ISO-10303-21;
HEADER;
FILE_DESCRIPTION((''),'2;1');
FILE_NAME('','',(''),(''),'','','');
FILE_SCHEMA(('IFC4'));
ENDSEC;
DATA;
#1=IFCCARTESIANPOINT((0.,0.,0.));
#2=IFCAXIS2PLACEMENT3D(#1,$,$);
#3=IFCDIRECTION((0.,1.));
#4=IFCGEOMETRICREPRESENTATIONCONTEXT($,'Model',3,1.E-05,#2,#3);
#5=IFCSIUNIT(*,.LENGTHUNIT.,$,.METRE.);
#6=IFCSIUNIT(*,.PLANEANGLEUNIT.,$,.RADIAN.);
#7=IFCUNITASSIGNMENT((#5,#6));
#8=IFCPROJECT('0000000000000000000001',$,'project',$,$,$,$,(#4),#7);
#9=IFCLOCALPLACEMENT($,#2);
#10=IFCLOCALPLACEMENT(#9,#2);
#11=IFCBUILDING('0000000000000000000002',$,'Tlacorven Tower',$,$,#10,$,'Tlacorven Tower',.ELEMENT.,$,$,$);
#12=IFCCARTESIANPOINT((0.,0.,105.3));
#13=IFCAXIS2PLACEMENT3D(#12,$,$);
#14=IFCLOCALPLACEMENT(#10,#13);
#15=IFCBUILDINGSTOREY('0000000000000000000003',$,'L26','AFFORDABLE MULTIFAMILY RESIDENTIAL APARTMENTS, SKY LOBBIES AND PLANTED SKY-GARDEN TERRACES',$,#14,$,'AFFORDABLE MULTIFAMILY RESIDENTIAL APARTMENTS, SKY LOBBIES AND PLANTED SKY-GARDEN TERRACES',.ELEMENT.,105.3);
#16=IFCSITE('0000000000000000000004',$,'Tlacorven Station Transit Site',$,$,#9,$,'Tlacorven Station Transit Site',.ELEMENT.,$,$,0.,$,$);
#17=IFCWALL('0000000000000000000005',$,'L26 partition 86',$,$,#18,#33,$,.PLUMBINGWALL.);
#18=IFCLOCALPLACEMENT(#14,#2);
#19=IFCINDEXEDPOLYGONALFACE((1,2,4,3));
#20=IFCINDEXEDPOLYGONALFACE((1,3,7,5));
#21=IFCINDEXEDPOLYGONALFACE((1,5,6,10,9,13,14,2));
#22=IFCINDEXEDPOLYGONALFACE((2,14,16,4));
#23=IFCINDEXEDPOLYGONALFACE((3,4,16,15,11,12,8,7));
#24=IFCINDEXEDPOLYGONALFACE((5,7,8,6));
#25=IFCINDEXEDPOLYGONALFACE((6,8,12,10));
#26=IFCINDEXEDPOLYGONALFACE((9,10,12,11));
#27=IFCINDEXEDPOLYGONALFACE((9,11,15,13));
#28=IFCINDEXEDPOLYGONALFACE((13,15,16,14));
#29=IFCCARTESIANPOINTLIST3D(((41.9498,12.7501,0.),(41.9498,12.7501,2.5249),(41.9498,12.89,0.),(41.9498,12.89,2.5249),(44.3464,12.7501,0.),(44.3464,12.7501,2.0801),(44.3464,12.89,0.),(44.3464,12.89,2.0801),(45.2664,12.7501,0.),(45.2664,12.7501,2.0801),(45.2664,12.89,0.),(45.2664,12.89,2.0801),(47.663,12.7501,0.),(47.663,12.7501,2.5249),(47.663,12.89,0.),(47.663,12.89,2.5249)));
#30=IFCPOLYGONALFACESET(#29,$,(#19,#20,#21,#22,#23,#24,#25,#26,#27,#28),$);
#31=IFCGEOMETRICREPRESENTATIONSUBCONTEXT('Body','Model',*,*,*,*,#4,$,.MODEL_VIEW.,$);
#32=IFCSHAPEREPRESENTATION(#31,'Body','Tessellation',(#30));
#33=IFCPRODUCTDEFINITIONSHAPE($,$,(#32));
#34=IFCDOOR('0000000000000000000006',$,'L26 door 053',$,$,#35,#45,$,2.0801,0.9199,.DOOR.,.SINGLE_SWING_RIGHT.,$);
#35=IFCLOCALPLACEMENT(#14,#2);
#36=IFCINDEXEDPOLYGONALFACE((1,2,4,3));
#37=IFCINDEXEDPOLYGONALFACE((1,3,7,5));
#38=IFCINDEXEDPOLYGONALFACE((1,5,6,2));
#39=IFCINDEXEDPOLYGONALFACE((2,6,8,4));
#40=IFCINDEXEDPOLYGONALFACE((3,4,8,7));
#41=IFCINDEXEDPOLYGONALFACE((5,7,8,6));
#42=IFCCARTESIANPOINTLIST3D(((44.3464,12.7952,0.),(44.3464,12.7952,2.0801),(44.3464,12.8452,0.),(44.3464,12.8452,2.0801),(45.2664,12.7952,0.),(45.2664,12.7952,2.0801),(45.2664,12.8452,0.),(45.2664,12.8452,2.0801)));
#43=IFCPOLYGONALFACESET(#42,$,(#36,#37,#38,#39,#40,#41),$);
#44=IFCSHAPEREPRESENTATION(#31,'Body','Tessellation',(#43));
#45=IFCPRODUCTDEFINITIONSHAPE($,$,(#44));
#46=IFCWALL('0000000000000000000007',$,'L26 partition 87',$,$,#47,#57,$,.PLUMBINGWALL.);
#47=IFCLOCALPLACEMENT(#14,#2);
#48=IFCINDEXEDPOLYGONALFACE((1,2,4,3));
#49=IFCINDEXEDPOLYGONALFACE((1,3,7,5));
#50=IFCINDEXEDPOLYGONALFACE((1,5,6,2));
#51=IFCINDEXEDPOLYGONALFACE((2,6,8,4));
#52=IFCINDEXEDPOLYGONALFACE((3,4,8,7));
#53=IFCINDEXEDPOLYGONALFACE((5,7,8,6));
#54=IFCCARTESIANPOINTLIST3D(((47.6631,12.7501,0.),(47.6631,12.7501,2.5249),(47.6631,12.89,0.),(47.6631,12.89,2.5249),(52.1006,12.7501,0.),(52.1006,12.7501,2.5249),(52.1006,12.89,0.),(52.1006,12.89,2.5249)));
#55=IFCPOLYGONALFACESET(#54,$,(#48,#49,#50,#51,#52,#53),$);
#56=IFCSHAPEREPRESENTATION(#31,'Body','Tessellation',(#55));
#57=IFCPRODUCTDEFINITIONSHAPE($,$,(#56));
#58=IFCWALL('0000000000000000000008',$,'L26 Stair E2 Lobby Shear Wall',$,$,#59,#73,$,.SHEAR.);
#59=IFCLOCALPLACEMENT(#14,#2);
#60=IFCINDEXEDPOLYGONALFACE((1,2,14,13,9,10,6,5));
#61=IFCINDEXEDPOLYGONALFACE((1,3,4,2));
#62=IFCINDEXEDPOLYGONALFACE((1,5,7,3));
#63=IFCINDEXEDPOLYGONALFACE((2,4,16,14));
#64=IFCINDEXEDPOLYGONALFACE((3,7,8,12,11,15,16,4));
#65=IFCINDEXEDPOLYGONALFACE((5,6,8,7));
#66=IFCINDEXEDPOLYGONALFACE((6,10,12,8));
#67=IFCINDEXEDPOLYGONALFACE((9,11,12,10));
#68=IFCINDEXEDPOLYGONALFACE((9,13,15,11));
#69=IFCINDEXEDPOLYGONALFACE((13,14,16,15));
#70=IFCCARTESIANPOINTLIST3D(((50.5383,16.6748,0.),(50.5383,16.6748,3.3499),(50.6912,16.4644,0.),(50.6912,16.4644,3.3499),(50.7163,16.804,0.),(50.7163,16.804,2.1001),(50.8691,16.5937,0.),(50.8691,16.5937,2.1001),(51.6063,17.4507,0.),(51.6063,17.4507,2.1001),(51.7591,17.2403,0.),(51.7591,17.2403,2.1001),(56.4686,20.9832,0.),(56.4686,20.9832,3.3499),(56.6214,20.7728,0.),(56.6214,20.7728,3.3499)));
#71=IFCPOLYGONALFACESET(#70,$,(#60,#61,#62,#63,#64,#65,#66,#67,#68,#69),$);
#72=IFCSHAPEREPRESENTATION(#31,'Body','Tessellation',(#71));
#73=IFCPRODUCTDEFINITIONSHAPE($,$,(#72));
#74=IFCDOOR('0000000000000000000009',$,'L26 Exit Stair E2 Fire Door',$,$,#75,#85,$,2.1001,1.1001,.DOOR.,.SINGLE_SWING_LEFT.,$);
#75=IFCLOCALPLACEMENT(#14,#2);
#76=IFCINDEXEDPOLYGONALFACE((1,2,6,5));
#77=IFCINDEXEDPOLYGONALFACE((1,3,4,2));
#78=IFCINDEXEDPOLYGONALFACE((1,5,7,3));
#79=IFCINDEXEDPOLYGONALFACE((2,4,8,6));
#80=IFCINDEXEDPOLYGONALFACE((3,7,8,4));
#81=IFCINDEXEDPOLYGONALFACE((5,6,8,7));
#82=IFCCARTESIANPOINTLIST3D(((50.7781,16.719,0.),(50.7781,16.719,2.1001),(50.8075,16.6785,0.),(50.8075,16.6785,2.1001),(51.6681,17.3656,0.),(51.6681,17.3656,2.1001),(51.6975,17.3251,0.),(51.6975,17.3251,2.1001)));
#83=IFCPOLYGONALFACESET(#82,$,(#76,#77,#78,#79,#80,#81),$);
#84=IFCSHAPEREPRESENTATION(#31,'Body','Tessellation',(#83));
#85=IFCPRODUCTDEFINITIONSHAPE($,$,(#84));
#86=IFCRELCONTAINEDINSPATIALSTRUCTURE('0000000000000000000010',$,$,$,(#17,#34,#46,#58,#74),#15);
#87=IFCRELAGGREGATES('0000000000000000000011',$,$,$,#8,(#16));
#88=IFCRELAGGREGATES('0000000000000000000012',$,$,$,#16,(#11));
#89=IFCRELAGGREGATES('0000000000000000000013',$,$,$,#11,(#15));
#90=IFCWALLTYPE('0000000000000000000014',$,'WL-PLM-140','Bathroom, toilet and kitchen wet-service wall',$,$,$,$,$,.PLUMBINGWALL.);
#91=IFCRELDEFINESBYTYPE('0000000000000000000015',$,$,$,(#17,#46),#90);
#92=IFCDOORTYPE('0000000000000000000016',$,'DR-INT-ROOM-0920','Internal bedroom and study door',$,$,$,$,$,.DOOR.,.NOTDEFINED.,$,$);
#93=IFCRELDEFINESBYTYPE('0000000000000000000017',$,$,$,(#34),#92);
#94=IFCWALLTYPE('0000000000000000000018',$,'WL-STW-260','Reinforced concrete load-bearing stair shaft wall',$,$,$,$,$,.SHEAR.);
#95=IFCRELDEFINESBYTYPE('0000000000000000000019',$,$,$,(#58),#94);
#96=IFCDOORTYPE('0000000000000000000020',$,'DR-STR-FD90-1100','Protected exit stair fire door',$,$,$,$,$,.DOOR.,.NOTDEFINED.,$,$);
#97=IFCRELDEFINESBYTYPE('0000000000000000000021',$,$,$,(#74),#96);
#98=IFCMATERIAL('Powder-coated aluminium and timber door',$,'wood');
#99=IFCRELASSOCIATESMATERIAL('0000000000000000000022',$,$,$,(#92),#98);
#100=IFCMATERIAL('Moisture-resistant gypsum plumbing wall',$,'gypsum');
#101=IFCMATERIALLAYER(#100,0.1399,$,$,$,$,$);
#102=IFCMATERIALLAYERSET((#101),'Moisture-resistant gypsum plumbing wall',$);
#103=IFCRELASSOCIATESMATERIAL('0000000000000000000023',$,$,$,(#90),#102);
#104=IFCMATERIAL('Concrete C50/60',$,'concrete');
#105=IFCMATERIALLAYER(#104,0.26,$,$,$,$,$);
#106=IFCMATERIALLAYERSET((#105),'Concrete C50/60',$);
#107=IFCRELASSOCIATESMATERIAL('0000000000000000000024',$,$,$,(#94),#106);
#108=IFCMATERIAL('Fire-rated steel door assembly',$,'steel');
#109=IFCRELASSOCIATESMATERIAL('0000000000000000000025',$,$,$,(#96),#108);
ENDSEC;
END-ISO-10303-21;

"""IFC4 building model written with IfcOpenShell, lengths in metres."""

from ifc_helpers import new_model, si_unit, direction, frame, frame_2d, origin, place, context, subcontext, project, spatial, rectangle, extrude, source, transform, mapped, material, layer, layer_set, type_object, element, fill, save


model = new_model("IFC4")

# Units and contexts
model_context = context("Model", 3, precision=1e-05, world=origin(), true_north=direction((0.0, 1.0)))
body_context = subcontext(model_context, "Body", "Model", "MODEL_VIEW")
ifc_project = project(units=[si_unit("LENGTHUNIT", "METRE"), si_unit("PLANEANGLEUNIT", "RADIAN")], contexts=[model_context])

# Site, building, storey
site_placement = place(None, origin())
site = spatial("IfcSite", under=ifc_project, at=site_placement, Name="Tlacorven Station Transit Site", LongName="Tlacorven Station Transit Site", CompositionType="ELEMENT", RefElevation=0.0)
building_placement = place(site_placement, origin())
building = spatial("IfcBuilding", under=site, at=building_placement, Name="Tlacorven Tower", LongName="Tlacorven Tower", CompositionType="ELEMENT")
storey_placement = place(building_placement, frame((0.0, 0.0, 105.3)))
storey = spatial("IfcBuildingStorey", under=building, at=storey_placement, Name="L26", Description="AFFORDABLE MULTIFAMILY RESIDENTIAL APARTMENTS, SKY LOBBIES AND PLANTED SKY-GARDEN TERRACES", LongName="AFFORDABLE MULTIFAMILY RESIDENTIAL APARTMENTS, SKY LOBBIES AND PLANTED SKY-GARDEN TERRACES", CompositionType="ELEMENT", Elevation=105.3)

# Shared definitions
ifc_material_1 = material(Name="Fire-rated steel door assembly", Category="steel")
ifc_material_2 = material(Name="Powder-coated aluminium and timber door", Category="wood")
door_type_1 = type_object("IfcDoorType", Name="DR-INT-ROOM-0920", Description="Internal bedroom and study door", OperationType="NOTDEFINED", PredefinedType="DOOR", material=ifc_material_2)
shared_shape_1 = source(origin(), body_context, "Body", "SweptSolid", [
    extrude(rectangle(XDim=0.9199, YDim=2.0801, at=frame_2d((0.46, 1.04))), frame((0.0, 0.0249, 0.0), z_axis=(0.0, -1.0, 0.0), x_axis=(1.0, 0.0, 0.0)), (0.0, 0.0, 1.0), 0.05),
])

# Shared definitions
ifc_material_3 = material(Name="Moisture-resistant gypsum plumbing wall", Category="gypsum")
ifc_layer_1 = layer(ifc_material_3, 0.1399)
ifc_layer_set_1 = layer_set([ifc_layer_1], Name="Moisture-resistant gypsum plumbing wall")
wall_type_1 = type_object("IfcWallType", Name="WL-PLM-140", Description="Bathroom, toilet and kitchen wet-service wall", PredefinedType="PLUMBINGWALL", material=ifc_layer_set_1)

# Wall, opening, door
wall_1_placement = place(storey_placement, frame((41.95, 12.8201, 0.0), z_axis=(0.0, 0.0, 1.0), x_axis=(1.0, 0.0, 0.0)))
wall_1 = element("IfcWall", 1, at=wall_1_placement, inside=storey, type_object=wall_type_1, Name="L26 partition 86", PredefinedType="PLUMBINGWALL", context=body_context, shape_type="SweptSolid", body=[
    extrude(rectangle(XDim=5.7131, YDim=0.1399, at=frame_2d((2.8564, 0.0))), origin(), (0.0, 0.0, 1.0), 2.5249),
])
opening_1_placement = place(wall_1_placement, frame((2.3965, 0.0, 0.0)))
opening_1 = element("IfcOpeningElement", 2, at=opening_1_placement, cuts=wall_1, PredefinedType="OPENING", context=body_context, shape_type="SweptSolid", body=[
    extrude(rectangle(XDim=0.9199, YDim=2.0801, at=frame_2d((0.46, 1.04))), frame((0.0, 0.0801, 0.0), z_axis=(0.0, -1.0, 0.0), x_axis=(1.0, 0.0, 0.0)), (0.0, 0.0, 1.0), 0.1599),
])
door_1_placement = place(opening_1_placement, frame((0.9199, 0.0, 0.0), z_axis=(0.0, 0.0, 1.0), x_axis=(-1.0, 0.0, 0.0)))
door_1 = element("IfcDoor", 3, at=door_1_placement, inside=storey, type_object=door_type_1, Name="L26 door 053", OperationType="SINGLE_SWING_RIGHT", OverallHeight=2.0801, OverallWidth=0.9199, PredefinedType="DOOR", context=body_context, shape_type="MappedRepresentation", body=[
    mapped(shared_shape_1, transform((0.0, 0.0, 0.0), scale=1.0)),
])
fill(opening_1, door_1)

# Wall
wall_2_placement = place(storey_placement, frame((47.6631, 12.8201, 0.0), z_axis=(0.0, 0.0, 1.0), x_axis=(1.0, 0.0, 0.0)))
element("IfcWall", 4, at=wall_2_placement, inside=storey, type_object=wall_type_1, Name="L26 partition 87", PredefinedType="PLUMBINGWALL", context=body_context, shape_type="SweptSolid", body=[
    extrude(rectangle(XDim=4.4375, YDim=0.1399, at=frame_2d((2.2188, 0.0))), origin(), (0.0, 0.0, 1.0), 2.5249),
])

# Wall, opening, door
ifc_material_4 = material(Name="Concrete C50/60", Category="concrete")
ifc_layer_2 = layer(ifc_material_4, 0.26)
ifc_layer_set_2 = layer_set([ifc_layer_2], Name="Concrete C50/60")
wall_type_2 = type_object("IfcWallType", Name="WL-STW-260", Description="Reinforced concrete load-bearing stair shaft wall", PredefinedType="SHEAR", material=ifc_layer_set_2)
wall_3_placement = place(storey_placement, frame((50.6147, 16.5696, 0.0), z_axis=(0.0, 0.0, 1.0), x_axis=(0.809028, 0.58777, 0.0)))
wall_3 = element("IfcWall", 5, at=wall_3_placement, inside=storey, type_object=wall_type_2, Name="L26 Stair E2 Lobby Shear Wall", PredefinedType="SHEAR", context=body_context, shape_type="SweptSolid", body=[
    extrude(rectangle(XDim=7.3301, YDim=0.26, at=frame_2d((3.665, 0.0))), origin(), (0.0, 0.0, 1.0), 3.3499),
])
opening_2_placement = place(wall_3_placement, frame((0.22, 0.0, 0.0)))
opening_2 = element("IfcOpeningElement", 6, at=opening_2_placement, cuts=wall_3, PredefinedType="OPENING", context=body_context, shape_type="SweptSolid", body=[
    extrude(rectangle(XDim=1.1001, YDim=2.1001, at=frame_2d((0.55, 1.05))), frame((0.0, 0.1401, 0.0), z_axis=(0.0, -1.0, 0.0), x_axis=(1.0, 0.0, 0.0)), (0.0, 0.0, 1.0), 0.28),
])
door_type_2 = type_object("IfcDoorType", Name="DR-STR-FD90-1100", Description="Protected exit stair fire door", OperationType="NOTDEFINED", PredefinedType="DOOR", material=ifc_material_1)
shared_shape_2 = source(origin(), body_context, "Body", "SweptSolid", [
    extrude(rectangle(XDim=1.1001, YDim=2.1001, at=frame_2d((0.55, 1.05))), frame((0.0, 0.0249, 0.0), z_axis=(0.0, -1.0, 0.0), x_axis=(1.0, 0.0, 0.0)), (0.0, 0.0, 1.0), 0.05),
])
door_2_placement = place(opening_2_placement, origin())
door_2 = element("IfcDoor", 7, at=door_2_placement, inside=storey, type_object=door_type_2, Name="L26 Exit Stair E2 Fire Door", OperationType="SINGLE_SWING_LEFT", OverallHeight=2.1001, OverallWidth=1.1001, PredefinedType="DOOR", context=body_context, shape_type="MappedRepresentation", body=[
    mapped(shared_shape_2, transform((0.0, 0.0, 0.0), scale=1.0)),
])
fill(opening_2, door_2)

save(model, "model.ifc")
